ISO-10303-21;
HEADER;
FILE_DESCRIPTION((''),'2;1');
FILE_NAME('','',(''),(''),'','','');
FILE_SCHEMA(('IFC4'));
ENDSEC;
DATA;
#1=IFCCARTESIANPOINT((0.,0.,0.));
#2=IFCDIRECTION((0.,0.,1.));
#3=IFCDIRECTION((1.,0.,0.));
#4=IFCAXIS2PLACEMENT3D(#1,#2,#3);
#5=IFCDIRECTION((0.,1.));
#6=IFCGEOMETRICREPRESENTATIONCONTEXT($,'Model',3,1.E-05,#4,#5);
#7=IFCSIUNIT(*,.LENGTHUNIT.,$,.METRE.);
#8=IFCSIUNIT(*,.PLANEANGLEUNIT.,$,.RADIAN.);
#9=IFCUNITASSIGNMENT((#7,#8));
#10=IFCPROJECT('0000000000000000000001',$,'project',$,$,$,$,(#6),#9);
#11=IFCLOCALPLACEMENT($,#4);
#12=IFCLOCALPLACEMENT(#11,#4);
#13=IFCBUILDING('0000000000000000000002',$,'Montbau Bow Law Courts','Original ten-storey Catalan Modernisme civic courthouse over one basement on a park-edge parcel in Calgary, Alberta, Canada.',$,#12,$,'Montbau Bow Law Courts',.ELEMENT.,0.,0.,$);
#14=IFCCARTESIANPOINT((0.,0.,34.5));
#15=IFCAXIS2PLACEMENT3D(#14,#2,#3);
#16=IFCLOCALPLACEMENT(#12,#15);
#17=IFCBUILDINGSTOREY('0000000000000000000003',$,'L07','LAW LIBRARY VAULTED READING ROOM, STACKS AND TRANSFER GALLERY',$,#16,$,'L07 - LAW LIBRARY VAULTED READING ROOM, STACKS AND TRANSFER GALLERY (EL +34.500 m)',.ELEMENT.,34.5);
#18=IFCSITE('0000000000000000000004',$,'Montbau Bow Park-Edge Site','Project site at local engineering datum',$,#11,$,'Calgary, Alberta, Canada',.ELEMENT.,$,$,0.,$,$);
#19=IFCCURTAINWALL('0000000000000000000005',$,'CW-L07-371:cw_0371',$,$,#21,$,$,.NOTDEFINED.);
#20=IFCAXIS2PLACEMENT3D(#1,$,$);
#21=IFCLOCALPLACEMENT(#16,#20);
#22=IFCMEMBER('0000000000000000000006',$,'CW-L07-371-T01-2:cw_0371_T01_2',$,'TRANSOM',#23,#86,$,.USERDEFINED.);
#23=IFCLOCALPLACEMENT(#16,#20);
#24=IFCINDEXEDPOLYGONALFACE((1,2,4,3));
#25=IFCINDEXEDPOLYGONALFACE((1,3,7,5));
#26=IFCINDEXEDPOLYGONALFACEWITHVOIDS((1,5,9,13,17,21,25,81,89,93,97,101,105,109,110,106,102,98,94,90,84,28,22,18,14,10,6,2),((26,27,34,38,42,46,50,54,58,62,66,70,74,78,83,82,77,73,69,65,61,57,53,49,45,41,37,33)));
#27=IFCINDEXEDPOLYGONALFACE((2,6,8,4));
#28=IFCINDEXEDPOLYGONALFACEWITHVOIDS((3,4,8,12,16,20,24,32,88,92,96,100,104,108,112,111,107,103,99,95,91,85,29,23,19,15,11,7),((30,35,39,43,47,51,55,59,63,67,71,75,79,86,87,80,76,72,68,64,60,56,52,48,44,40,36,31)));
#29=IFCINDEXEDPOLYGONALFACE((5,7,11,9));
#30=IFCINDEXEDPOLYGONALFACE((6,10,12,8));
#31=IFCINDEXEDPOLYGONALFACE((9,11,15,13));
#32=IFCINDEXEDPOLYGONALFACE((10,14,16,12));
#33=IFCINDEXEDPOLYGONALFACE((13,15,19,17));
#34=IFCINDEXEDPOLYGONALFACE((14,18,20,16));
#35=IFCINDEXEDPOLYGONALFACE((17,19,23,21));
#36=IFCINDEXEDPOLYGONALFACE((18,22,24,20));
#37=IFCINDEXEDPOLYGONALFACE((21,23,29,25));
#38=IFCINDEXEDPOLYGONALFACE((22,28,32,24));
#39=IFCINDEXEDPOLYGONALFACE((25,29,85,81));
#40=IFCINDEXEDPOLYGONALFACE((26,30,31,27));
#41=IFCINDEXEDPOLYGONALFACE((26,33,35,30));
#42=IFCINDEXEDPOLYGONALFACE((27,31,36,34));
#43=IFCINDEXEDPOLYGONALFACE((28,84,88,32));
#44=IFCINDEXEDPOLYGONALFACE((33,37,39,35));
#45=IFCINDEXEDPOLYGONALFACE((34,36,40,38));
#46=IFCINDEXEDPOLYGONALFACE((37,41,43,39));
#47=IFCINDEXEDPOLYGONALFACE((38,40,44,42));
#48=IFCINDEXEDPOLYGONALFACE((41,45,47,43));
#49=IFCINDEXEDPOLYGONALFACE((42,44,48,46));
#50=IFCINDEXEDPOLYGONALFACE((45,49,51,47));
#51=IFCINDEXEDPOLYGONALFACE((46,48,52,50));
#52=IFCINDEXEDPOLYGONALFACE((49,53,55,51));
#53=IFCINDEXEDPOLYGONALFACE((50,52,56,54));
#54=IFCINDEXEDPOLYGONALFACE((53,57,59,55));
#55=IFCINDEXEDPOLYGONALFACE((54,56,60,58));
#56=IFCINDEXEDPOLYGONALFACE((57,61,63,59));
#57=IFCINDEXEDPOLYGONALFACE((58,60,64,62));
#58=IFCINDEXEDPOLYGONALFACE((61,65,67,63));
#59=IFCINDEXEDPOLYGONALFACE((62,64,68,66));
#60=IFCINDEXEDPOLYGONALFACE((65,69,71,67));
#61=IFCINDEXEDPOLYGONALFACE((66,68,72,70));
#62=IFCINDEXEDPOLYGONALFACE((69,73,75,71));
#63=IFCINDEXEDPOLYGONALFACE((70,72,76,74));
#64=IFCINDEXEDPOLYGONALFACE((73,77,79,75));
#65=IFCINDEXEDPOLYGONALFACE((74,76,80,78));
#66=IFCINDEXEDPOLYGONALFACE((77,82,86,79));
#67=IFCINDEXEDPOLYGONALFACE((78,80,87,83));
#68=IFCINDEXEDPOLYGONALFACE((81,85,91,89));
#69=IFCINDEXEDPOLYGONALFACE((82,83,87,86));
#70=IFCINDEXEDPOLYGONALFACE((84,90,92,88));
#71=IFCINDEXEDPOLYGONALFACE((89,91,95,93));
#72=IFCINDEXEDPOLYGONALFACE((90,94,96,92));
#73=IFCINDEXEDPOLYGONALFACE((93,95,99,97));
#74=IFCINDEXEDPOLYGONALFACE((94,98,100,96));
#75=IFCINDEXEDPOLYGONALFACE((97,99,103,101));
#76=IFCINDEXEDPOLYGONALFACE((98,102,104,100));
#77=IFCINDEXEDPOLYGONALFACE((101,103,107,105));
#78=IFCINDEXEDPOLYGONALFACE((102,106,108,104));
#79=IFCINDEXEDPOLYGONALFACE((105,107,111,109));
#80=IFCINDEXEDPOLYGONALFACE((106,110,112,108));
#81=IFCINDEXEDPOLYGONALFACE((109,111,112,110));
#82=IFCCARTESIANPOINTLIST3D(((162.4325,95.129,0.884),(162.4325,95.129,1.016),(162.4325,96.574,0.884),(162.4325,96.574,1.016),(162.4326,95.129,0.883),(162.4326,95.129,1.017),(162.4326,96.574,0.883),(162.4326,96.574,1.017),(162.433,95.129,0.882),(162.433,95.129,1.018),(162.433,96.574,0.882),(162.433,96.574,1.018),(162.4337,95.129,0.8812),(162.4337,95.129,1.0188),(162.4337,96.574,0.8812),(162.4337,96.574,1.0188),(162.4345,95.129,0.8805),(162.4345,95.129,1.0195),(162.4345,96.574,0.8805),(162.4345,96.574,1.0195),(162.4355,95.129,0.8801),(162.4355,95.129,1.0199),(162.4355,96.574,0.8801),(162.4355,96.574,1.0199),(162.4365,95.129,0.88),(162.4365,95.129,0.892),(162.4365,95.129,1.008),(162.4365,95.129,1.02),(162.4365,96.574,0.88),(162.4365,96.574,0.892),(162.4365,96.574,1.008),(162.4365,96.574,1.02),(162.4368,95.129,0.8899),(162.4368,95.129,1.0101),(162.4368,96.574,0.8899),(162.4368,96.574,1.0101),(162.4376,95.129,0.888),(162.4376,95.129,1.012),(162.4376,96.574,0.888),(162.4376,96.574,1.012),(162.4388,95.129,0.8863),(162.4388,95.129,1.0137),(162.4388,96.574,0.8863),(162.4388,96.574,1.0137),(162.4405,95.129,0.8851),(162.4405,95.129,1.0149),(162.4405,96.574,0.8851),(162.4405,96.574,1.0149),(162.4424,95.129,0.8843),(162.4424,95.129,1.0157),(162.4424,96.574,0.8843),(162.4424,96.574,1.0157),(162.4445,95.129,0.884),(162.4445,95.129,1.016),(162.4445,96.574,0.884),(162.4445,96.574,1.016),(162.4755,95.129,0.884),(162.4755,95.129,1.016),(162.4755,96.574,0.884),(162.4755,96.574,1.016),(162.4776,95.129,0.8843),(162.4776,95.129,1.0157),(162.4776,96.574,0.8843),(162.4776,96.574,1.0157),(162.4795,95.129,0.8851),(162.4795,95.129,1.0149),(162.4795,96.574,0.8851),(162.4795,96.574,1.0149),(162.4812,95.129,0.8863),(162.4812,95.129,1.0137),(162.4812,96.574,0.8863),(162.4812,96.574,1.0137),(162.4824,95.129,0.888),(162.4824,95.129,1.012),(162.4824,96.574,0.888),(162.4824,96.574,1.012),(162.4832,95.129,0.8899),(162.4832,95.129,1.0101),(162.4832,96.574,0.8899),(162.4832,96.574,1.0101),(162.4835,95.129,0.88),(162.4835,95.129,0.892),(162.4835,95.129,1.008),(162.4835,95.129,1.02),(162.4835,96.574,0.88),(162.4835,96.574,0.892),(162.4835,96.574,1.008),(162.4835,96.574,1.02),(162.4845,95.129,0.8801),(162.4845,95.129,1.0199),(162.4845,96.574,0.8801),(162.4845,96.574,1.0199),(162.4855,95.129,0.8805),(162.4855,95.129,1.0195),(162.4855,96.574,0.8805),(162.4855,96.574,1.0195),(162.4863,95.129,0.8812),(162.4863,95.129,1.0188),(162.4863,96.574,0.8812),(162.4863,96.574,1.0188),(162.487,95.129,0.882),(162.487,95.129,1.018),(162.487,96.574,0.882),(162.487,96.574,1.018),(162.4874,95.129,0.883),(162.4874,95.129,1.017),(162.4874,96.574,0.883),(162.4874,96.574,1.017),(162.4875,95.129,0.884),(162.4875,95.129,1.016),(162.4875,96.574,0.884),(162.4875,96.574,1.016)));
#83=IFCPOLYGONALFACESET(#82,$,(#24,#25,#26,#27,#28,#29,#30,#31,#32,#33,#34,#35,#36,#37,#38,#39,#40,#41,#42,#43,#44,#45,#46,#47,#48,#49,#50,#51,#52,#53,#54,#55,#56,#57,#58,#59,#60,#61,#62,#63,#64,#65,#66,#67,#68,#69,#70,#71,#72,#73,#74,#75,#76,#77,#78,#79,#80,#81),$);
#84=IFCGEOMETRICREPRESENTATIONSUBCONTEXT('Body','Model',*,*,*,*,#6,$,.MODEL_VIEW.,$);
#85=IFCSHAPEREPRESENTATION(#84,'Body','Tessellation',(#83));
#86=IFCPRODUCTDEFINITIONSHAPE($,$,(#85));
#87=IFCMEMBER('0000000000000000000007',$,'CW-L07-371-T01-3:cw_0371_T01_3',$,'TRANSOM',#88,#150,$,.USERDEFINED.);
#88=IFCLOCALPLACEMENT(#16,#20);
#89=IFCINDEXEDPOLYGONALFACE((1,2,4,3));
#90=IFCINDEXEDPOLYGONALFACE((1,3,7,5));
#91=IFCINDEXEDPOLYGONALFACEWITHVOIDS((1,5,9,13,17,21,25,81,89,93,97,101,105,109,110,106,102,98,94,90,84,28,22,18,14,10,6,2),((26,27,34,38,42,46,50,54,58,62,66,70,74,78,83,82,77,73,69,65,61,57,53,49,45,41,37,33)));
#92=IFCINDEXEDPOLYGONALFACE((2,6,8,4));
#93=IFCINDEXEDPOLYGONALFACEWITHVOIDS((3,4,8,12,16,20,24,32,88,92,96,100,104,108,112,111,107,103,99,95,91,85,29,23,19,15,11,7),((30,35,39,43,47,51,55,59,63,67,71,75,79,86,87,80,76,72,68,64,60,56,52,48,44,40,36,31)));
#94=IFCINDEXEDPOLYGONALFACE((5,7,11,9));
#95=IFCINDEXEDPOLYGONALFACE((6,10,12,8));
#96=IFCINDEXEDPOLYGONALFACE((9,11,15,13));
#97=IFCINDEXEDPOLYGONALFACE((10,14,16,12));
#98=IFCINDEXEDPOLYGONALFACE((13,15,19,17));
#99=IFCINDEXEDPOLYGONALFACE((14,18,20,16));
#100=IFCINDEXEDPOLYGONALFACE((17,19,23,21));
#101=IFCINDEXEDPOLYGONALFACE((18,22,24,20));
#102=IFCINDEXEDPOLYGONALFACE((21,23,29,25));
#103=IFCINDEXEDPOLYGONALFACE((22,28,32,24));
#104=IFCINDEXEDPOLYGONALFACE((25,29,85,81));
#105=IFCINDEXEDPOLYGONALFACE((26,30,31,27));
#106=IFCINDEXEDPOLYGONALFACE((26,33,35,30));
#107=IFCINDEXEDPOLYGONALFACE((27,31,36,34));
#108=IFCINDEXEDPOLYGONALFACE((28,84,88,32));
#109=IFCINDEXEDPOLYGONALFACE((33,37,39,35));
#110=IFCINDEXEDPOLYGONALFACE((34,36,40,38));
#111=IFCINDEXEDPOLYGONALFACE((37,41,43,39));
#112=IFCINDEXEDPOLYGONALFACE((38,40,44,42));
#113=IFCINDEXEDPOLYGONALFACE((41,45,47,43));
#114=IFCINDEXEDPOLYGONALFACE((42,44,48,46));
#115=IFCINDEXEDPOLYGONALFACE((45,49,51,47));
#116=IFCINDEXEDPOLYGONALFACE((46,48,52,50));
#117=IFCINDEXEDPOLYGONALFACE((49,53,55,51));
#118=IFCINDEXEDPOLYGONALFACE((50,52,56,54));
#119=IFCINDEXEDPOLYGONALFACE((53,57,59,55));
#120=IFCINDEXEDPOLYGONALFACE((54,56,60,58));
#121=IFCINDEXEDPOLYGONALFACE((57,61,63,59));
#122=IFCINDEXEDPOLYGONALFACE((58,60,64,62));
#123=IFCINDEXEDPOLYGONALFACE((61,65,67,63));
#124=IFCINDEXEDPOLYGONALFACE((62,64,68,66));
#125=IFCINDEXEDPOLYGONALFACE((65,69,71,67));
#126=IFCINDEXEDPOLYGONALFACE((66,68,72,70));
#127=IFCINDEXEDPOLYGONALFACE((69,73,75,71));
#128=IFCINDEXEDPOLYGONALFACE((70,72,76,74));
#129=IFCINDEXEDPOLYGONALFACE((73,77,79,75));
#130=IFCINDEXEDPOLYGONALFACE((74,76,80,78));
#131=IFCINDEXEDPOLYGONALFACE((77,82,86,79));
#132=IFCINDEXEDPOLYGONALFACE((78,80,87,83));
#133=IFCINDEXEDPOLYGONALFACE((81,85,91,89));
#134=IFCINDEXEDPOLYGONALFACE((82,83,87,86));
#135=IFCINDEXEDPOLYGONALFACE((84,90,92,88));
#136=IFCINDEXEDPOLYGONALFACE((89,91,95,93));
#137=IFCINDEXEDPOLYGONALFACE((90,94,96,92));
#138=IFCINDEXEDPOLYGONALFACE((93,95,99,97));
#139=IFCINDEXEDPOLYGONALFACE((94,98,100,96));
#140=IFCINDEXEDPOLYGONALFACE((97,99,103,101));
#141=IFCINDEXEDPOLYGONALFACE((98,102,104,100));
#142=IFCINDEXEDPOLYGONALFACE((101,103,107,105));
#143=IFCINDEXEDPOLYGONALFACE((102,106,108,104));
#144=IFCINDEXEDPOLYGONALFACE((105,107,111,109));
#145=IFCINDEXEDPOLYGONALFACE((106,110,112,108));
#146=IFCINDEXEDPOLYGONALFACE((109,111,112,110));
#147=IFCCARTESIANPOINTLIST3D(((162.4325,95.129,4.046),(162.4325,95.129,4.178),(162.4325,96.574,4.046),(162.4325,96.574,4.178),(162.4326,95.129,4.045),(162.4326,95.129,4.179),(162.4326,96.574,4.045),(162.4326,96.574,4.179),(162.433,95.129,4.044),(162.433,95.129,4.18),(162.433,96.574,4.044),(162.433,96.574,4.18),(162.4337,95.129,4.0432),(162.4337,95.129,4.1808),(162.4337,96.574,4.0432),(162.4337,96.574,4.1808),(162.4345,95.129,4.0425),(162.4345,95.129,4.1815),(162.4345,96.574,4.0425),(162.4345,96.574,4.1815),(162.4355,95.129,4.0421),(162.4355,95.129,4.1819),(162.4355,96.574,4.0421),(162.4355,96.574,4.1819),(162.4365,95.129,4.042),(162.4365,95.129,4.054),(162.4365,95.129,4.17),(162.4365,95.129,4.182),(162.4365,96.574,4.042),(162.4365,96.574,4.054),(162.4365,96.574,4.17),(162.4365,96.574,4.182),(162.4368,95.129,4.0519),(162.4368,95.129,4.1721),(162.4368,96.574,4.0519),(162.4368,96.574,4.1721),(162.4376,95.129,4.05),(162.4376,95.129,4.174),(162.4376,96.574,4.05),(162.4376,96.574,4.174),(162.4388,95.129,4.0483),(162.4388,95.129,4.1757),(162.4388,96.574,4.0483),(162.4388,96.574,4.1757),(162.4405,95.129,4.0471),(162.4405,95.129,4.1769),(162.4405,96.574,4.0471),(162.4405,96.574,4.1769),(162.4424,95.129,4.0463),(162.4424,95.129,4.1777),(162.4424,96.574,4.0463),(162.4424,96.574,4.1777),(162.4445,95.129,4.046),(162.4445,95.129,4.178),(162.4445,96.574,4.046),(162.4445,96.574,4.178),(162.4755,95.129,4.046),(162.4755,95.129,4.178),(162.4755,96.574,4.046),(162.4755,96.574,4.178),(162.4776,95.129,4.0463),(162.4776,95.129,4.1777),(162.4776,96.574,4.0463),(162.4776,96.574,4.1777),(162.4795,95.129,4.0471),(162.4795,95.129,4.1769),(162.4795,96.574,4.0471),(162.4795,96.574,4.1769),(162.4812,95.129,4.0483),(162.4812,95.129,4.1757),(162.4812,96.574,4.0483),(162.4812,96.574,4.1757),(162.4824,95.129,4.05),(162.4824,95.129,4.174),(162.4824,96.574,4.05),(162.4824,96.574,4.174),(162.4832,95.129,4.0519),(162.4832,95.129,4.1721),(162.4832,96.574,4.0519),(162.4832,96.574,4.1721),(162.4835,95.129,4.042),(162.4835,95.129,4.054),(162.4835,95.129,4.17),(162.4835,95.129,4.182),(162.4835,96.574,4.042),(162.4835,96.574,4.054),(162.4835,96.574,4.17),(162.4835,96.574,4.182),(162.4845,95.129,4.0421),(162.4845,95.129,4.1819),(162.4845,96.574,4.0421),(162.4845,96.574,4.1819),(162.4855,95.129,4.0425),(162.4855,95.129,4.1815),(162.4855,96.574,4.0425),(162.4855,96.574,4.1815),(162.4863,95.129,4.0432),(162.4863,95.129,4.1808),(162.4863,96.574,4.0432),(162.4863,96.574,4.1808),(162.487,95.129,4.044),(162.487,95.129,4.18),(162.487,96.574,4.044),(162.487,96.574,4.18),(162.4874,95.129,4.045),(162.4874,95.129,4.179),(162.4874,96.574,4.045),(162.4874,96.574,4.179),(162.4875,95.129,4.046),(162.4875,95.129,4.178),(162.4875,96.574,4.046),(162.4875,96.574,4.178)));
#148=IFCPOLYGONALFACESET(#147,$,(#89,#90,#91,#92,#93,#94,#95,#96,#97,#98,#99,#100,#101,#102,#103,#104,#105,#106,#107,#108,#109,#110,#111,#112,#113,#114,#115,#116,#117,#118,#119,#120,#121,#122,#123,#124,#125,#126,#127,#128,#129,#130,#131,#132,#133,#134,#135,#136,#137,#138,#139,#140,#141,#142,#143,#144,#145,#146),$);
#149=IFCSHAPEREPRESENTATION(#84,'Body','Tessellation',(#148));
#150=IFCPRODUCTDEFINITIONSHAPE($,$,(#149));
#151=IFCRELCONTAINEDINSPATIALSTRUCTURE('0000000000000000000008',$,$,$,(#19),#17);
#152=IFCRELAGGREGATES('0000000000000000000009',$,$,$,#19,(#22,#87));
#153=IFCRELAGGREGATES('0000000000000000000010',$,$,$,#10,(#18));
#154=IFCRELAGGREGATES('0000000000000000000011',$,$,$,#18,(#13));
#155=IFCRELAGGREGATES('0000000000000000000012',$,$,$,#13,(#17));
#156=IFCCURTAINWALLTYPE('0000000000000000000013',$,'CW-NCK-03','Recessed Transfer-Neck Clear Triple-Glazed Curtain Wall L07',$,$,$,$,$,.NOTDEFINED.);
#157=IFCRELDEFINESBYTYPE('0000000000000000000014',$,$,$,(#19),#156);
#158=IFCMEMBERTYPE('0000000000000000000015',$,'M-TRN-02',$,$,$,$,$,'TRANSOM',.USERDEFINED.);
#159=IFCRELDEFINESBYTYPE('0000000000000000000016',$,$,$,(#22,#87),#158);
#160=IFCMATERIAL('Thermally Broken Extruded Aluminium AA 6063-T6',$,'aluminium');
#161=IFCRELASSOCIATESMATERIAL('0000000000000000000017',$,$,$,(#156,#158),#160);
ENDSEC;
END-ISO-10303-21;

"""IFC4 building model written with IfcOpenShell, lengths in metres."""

from ifc_helpers import new_model, si_unit, direction, frame, origin_with_axes, origin_2d_with_axis, place, context, subcontext, project, spatial, hollow_rectangle, extrude, material, material_profile, profile_set, type_object, element, aggregate, save


model = new_model("IFC4")

# Units and contexts
model_context = context("Model", 3, precision=1e-05, world=origin_with_axes(), true_north=direction((0.0, 1.0)))
body_context = subcontext(model_context, "Body", "Model", "MODEL_VIEW")
ifc_project = project(units=[si_unit("LENGTHUNIT", "METRE"), si_unit("PLANEANGLEUNIT", "RADIAN")], contexts=[model_context])

# Site, building, storey
site_placement = place(None, origin_with_axes())
site = spatial("IfcSite", under=ifc_project, at=site_placement, Name="Montbau Bow Park-Edge Site", Description="Project site at local engineering datum", LongName="Calgary, Alberta, Canada", CompositionType="ELEMENT", RefElevation=0.0)
building_placement = place(site_placement, origin_with_axes())
building = spatial("IfcBuilding", under=site, at=building_placement, Name="Montbau Bow Law Courts", Description="Original ten-storey Catalan Modernisme civic courthouse over one basement on a park-edge parcel in Calgary, Alberta, Canada.", LongName="Montbau Bow Law Courts", CompositionType="ELEMENT", ElevationOfRefHeight=0.0, ElevationOfTerrain=0.0)
storey_placement = place(building_placement, frame((0.0, 0.0, 34.5), z_axis=(0.0, 0.0, 1.0), x_axis=(1.0, 0.0, 0.0)))
storey = spatial("IfcBuildingStorey", under=building, at=storey_placement, Name="L07", Description="LAW LIBRARY VAULTED READING ROOM, STACKS AND TRANSFER GALLERY", LongName="L07 - LAW LIBRARY VAULTED READING ROOM, STACKS AND TRANSFER GALLERY (EL +34.500 m)", CompositionType="ELEMENT", Elevation=34.5)

# Curtain wall, members
ifc_material_1 = material(Name="Thermally Broken Extruded Aluminium AA 6063-T6", Category="aluminium")
curtain_wall_type = type_object("IfcCurtainWallType", Name="CW-NCK-03", Description="Recessed Transfer-Neck Clear Triple-Glazed Curtain Wall L07", PredefinedType="NOTDEFINED", material=ifc_material_1)
curtain_wall_placement = place(None, frame((162.46, 95.067, 34.5), z_axis=(0.0, 0.0, 1.0), x_axis=(1.0, 0.0, 0.0)))
curtain_wall = element("IfcCurtainWall", 1, at=curtain_wall_placement, inside=storey, type_object=curtain_wall_type, Name="CW-L07-371:cw_0371", PredefinedType="NOTDEFINED")
ifc_material_profile_1 = material_profile(ifc_material_1, hollow_rectangle(XDim=0.055, YDim=0.14, WallThickness=0.004, InnerFilletRadius=0.008, OuterFilletRadius=0.004, at=origin_2d_with_axis()), Name="CWT-140X55", Category="Main", Priority=0)
ifc_profile_set_1 = profile_set([ifc_material_profile_1], Name="Thermally Broken Extruded Aluminium AA 6063-T6")
member_type_1 = type_object("IfcMemberType", Name="M-TRN-02", ElementType="TRANSOM", PredefinedType="USERDEFINED", material=ifc_profile_set_1)
member_1_placement = place(None, frame((162.46, 95.129, 35.45), z_axis=(0.0, 1.0, 0.0), x_axis=(-1.0, 0.0, 0.0)))
member_1 = element("IfcMember", 2, at=member_1_placement, type_object=member_type_1, Name="CW-L07-371-T01-2:cw_0371_T01_2", ObjectType="TRANSOM", PredefinedType="USERDEFINED", context=body_context, shape_type="SweptSolid", body=[
    extrude(hollow_rectangle(XDim=0.055, YDim=0.14, WallThickness=0.004, InnerFilletRadius=0.008, OuterFilletRadius=0.004, at=origin_2d_with_axis()), origin_with_axes(), (0.0, 0.0, 1.0), 1.445),
])
member_2_placement = place(None, frame((162.46, 95.129, 38.612), z_axis=(0.0, 1.0, 0.0), x_axis=(-1.0, 0.0, 0.0)))
member_2 = element("IfcMember", 3, at=member_2_placement, type_object=member_type_1, Name="CW-L07-371-T01-3:cw_0371_T01_3", ObjectType="TRANSOM", PredefinedType="USERDEFINED", context=body_context, shape_type="SweptSolid", body=[
    extrude(hollow_rectangle(XDim=0.055, YDim=0.14, WallThickness=0.004, InnerFilletRadius=0.008, OuterFilletRadius=0.004, at=origin_2d_with_axis()), origin_with_axes(), (0.0, 0.0, 1.0), 1.445),
])
aggregate(curtain_wall, [member_1, member_2])

save(model, "model.ifc")
